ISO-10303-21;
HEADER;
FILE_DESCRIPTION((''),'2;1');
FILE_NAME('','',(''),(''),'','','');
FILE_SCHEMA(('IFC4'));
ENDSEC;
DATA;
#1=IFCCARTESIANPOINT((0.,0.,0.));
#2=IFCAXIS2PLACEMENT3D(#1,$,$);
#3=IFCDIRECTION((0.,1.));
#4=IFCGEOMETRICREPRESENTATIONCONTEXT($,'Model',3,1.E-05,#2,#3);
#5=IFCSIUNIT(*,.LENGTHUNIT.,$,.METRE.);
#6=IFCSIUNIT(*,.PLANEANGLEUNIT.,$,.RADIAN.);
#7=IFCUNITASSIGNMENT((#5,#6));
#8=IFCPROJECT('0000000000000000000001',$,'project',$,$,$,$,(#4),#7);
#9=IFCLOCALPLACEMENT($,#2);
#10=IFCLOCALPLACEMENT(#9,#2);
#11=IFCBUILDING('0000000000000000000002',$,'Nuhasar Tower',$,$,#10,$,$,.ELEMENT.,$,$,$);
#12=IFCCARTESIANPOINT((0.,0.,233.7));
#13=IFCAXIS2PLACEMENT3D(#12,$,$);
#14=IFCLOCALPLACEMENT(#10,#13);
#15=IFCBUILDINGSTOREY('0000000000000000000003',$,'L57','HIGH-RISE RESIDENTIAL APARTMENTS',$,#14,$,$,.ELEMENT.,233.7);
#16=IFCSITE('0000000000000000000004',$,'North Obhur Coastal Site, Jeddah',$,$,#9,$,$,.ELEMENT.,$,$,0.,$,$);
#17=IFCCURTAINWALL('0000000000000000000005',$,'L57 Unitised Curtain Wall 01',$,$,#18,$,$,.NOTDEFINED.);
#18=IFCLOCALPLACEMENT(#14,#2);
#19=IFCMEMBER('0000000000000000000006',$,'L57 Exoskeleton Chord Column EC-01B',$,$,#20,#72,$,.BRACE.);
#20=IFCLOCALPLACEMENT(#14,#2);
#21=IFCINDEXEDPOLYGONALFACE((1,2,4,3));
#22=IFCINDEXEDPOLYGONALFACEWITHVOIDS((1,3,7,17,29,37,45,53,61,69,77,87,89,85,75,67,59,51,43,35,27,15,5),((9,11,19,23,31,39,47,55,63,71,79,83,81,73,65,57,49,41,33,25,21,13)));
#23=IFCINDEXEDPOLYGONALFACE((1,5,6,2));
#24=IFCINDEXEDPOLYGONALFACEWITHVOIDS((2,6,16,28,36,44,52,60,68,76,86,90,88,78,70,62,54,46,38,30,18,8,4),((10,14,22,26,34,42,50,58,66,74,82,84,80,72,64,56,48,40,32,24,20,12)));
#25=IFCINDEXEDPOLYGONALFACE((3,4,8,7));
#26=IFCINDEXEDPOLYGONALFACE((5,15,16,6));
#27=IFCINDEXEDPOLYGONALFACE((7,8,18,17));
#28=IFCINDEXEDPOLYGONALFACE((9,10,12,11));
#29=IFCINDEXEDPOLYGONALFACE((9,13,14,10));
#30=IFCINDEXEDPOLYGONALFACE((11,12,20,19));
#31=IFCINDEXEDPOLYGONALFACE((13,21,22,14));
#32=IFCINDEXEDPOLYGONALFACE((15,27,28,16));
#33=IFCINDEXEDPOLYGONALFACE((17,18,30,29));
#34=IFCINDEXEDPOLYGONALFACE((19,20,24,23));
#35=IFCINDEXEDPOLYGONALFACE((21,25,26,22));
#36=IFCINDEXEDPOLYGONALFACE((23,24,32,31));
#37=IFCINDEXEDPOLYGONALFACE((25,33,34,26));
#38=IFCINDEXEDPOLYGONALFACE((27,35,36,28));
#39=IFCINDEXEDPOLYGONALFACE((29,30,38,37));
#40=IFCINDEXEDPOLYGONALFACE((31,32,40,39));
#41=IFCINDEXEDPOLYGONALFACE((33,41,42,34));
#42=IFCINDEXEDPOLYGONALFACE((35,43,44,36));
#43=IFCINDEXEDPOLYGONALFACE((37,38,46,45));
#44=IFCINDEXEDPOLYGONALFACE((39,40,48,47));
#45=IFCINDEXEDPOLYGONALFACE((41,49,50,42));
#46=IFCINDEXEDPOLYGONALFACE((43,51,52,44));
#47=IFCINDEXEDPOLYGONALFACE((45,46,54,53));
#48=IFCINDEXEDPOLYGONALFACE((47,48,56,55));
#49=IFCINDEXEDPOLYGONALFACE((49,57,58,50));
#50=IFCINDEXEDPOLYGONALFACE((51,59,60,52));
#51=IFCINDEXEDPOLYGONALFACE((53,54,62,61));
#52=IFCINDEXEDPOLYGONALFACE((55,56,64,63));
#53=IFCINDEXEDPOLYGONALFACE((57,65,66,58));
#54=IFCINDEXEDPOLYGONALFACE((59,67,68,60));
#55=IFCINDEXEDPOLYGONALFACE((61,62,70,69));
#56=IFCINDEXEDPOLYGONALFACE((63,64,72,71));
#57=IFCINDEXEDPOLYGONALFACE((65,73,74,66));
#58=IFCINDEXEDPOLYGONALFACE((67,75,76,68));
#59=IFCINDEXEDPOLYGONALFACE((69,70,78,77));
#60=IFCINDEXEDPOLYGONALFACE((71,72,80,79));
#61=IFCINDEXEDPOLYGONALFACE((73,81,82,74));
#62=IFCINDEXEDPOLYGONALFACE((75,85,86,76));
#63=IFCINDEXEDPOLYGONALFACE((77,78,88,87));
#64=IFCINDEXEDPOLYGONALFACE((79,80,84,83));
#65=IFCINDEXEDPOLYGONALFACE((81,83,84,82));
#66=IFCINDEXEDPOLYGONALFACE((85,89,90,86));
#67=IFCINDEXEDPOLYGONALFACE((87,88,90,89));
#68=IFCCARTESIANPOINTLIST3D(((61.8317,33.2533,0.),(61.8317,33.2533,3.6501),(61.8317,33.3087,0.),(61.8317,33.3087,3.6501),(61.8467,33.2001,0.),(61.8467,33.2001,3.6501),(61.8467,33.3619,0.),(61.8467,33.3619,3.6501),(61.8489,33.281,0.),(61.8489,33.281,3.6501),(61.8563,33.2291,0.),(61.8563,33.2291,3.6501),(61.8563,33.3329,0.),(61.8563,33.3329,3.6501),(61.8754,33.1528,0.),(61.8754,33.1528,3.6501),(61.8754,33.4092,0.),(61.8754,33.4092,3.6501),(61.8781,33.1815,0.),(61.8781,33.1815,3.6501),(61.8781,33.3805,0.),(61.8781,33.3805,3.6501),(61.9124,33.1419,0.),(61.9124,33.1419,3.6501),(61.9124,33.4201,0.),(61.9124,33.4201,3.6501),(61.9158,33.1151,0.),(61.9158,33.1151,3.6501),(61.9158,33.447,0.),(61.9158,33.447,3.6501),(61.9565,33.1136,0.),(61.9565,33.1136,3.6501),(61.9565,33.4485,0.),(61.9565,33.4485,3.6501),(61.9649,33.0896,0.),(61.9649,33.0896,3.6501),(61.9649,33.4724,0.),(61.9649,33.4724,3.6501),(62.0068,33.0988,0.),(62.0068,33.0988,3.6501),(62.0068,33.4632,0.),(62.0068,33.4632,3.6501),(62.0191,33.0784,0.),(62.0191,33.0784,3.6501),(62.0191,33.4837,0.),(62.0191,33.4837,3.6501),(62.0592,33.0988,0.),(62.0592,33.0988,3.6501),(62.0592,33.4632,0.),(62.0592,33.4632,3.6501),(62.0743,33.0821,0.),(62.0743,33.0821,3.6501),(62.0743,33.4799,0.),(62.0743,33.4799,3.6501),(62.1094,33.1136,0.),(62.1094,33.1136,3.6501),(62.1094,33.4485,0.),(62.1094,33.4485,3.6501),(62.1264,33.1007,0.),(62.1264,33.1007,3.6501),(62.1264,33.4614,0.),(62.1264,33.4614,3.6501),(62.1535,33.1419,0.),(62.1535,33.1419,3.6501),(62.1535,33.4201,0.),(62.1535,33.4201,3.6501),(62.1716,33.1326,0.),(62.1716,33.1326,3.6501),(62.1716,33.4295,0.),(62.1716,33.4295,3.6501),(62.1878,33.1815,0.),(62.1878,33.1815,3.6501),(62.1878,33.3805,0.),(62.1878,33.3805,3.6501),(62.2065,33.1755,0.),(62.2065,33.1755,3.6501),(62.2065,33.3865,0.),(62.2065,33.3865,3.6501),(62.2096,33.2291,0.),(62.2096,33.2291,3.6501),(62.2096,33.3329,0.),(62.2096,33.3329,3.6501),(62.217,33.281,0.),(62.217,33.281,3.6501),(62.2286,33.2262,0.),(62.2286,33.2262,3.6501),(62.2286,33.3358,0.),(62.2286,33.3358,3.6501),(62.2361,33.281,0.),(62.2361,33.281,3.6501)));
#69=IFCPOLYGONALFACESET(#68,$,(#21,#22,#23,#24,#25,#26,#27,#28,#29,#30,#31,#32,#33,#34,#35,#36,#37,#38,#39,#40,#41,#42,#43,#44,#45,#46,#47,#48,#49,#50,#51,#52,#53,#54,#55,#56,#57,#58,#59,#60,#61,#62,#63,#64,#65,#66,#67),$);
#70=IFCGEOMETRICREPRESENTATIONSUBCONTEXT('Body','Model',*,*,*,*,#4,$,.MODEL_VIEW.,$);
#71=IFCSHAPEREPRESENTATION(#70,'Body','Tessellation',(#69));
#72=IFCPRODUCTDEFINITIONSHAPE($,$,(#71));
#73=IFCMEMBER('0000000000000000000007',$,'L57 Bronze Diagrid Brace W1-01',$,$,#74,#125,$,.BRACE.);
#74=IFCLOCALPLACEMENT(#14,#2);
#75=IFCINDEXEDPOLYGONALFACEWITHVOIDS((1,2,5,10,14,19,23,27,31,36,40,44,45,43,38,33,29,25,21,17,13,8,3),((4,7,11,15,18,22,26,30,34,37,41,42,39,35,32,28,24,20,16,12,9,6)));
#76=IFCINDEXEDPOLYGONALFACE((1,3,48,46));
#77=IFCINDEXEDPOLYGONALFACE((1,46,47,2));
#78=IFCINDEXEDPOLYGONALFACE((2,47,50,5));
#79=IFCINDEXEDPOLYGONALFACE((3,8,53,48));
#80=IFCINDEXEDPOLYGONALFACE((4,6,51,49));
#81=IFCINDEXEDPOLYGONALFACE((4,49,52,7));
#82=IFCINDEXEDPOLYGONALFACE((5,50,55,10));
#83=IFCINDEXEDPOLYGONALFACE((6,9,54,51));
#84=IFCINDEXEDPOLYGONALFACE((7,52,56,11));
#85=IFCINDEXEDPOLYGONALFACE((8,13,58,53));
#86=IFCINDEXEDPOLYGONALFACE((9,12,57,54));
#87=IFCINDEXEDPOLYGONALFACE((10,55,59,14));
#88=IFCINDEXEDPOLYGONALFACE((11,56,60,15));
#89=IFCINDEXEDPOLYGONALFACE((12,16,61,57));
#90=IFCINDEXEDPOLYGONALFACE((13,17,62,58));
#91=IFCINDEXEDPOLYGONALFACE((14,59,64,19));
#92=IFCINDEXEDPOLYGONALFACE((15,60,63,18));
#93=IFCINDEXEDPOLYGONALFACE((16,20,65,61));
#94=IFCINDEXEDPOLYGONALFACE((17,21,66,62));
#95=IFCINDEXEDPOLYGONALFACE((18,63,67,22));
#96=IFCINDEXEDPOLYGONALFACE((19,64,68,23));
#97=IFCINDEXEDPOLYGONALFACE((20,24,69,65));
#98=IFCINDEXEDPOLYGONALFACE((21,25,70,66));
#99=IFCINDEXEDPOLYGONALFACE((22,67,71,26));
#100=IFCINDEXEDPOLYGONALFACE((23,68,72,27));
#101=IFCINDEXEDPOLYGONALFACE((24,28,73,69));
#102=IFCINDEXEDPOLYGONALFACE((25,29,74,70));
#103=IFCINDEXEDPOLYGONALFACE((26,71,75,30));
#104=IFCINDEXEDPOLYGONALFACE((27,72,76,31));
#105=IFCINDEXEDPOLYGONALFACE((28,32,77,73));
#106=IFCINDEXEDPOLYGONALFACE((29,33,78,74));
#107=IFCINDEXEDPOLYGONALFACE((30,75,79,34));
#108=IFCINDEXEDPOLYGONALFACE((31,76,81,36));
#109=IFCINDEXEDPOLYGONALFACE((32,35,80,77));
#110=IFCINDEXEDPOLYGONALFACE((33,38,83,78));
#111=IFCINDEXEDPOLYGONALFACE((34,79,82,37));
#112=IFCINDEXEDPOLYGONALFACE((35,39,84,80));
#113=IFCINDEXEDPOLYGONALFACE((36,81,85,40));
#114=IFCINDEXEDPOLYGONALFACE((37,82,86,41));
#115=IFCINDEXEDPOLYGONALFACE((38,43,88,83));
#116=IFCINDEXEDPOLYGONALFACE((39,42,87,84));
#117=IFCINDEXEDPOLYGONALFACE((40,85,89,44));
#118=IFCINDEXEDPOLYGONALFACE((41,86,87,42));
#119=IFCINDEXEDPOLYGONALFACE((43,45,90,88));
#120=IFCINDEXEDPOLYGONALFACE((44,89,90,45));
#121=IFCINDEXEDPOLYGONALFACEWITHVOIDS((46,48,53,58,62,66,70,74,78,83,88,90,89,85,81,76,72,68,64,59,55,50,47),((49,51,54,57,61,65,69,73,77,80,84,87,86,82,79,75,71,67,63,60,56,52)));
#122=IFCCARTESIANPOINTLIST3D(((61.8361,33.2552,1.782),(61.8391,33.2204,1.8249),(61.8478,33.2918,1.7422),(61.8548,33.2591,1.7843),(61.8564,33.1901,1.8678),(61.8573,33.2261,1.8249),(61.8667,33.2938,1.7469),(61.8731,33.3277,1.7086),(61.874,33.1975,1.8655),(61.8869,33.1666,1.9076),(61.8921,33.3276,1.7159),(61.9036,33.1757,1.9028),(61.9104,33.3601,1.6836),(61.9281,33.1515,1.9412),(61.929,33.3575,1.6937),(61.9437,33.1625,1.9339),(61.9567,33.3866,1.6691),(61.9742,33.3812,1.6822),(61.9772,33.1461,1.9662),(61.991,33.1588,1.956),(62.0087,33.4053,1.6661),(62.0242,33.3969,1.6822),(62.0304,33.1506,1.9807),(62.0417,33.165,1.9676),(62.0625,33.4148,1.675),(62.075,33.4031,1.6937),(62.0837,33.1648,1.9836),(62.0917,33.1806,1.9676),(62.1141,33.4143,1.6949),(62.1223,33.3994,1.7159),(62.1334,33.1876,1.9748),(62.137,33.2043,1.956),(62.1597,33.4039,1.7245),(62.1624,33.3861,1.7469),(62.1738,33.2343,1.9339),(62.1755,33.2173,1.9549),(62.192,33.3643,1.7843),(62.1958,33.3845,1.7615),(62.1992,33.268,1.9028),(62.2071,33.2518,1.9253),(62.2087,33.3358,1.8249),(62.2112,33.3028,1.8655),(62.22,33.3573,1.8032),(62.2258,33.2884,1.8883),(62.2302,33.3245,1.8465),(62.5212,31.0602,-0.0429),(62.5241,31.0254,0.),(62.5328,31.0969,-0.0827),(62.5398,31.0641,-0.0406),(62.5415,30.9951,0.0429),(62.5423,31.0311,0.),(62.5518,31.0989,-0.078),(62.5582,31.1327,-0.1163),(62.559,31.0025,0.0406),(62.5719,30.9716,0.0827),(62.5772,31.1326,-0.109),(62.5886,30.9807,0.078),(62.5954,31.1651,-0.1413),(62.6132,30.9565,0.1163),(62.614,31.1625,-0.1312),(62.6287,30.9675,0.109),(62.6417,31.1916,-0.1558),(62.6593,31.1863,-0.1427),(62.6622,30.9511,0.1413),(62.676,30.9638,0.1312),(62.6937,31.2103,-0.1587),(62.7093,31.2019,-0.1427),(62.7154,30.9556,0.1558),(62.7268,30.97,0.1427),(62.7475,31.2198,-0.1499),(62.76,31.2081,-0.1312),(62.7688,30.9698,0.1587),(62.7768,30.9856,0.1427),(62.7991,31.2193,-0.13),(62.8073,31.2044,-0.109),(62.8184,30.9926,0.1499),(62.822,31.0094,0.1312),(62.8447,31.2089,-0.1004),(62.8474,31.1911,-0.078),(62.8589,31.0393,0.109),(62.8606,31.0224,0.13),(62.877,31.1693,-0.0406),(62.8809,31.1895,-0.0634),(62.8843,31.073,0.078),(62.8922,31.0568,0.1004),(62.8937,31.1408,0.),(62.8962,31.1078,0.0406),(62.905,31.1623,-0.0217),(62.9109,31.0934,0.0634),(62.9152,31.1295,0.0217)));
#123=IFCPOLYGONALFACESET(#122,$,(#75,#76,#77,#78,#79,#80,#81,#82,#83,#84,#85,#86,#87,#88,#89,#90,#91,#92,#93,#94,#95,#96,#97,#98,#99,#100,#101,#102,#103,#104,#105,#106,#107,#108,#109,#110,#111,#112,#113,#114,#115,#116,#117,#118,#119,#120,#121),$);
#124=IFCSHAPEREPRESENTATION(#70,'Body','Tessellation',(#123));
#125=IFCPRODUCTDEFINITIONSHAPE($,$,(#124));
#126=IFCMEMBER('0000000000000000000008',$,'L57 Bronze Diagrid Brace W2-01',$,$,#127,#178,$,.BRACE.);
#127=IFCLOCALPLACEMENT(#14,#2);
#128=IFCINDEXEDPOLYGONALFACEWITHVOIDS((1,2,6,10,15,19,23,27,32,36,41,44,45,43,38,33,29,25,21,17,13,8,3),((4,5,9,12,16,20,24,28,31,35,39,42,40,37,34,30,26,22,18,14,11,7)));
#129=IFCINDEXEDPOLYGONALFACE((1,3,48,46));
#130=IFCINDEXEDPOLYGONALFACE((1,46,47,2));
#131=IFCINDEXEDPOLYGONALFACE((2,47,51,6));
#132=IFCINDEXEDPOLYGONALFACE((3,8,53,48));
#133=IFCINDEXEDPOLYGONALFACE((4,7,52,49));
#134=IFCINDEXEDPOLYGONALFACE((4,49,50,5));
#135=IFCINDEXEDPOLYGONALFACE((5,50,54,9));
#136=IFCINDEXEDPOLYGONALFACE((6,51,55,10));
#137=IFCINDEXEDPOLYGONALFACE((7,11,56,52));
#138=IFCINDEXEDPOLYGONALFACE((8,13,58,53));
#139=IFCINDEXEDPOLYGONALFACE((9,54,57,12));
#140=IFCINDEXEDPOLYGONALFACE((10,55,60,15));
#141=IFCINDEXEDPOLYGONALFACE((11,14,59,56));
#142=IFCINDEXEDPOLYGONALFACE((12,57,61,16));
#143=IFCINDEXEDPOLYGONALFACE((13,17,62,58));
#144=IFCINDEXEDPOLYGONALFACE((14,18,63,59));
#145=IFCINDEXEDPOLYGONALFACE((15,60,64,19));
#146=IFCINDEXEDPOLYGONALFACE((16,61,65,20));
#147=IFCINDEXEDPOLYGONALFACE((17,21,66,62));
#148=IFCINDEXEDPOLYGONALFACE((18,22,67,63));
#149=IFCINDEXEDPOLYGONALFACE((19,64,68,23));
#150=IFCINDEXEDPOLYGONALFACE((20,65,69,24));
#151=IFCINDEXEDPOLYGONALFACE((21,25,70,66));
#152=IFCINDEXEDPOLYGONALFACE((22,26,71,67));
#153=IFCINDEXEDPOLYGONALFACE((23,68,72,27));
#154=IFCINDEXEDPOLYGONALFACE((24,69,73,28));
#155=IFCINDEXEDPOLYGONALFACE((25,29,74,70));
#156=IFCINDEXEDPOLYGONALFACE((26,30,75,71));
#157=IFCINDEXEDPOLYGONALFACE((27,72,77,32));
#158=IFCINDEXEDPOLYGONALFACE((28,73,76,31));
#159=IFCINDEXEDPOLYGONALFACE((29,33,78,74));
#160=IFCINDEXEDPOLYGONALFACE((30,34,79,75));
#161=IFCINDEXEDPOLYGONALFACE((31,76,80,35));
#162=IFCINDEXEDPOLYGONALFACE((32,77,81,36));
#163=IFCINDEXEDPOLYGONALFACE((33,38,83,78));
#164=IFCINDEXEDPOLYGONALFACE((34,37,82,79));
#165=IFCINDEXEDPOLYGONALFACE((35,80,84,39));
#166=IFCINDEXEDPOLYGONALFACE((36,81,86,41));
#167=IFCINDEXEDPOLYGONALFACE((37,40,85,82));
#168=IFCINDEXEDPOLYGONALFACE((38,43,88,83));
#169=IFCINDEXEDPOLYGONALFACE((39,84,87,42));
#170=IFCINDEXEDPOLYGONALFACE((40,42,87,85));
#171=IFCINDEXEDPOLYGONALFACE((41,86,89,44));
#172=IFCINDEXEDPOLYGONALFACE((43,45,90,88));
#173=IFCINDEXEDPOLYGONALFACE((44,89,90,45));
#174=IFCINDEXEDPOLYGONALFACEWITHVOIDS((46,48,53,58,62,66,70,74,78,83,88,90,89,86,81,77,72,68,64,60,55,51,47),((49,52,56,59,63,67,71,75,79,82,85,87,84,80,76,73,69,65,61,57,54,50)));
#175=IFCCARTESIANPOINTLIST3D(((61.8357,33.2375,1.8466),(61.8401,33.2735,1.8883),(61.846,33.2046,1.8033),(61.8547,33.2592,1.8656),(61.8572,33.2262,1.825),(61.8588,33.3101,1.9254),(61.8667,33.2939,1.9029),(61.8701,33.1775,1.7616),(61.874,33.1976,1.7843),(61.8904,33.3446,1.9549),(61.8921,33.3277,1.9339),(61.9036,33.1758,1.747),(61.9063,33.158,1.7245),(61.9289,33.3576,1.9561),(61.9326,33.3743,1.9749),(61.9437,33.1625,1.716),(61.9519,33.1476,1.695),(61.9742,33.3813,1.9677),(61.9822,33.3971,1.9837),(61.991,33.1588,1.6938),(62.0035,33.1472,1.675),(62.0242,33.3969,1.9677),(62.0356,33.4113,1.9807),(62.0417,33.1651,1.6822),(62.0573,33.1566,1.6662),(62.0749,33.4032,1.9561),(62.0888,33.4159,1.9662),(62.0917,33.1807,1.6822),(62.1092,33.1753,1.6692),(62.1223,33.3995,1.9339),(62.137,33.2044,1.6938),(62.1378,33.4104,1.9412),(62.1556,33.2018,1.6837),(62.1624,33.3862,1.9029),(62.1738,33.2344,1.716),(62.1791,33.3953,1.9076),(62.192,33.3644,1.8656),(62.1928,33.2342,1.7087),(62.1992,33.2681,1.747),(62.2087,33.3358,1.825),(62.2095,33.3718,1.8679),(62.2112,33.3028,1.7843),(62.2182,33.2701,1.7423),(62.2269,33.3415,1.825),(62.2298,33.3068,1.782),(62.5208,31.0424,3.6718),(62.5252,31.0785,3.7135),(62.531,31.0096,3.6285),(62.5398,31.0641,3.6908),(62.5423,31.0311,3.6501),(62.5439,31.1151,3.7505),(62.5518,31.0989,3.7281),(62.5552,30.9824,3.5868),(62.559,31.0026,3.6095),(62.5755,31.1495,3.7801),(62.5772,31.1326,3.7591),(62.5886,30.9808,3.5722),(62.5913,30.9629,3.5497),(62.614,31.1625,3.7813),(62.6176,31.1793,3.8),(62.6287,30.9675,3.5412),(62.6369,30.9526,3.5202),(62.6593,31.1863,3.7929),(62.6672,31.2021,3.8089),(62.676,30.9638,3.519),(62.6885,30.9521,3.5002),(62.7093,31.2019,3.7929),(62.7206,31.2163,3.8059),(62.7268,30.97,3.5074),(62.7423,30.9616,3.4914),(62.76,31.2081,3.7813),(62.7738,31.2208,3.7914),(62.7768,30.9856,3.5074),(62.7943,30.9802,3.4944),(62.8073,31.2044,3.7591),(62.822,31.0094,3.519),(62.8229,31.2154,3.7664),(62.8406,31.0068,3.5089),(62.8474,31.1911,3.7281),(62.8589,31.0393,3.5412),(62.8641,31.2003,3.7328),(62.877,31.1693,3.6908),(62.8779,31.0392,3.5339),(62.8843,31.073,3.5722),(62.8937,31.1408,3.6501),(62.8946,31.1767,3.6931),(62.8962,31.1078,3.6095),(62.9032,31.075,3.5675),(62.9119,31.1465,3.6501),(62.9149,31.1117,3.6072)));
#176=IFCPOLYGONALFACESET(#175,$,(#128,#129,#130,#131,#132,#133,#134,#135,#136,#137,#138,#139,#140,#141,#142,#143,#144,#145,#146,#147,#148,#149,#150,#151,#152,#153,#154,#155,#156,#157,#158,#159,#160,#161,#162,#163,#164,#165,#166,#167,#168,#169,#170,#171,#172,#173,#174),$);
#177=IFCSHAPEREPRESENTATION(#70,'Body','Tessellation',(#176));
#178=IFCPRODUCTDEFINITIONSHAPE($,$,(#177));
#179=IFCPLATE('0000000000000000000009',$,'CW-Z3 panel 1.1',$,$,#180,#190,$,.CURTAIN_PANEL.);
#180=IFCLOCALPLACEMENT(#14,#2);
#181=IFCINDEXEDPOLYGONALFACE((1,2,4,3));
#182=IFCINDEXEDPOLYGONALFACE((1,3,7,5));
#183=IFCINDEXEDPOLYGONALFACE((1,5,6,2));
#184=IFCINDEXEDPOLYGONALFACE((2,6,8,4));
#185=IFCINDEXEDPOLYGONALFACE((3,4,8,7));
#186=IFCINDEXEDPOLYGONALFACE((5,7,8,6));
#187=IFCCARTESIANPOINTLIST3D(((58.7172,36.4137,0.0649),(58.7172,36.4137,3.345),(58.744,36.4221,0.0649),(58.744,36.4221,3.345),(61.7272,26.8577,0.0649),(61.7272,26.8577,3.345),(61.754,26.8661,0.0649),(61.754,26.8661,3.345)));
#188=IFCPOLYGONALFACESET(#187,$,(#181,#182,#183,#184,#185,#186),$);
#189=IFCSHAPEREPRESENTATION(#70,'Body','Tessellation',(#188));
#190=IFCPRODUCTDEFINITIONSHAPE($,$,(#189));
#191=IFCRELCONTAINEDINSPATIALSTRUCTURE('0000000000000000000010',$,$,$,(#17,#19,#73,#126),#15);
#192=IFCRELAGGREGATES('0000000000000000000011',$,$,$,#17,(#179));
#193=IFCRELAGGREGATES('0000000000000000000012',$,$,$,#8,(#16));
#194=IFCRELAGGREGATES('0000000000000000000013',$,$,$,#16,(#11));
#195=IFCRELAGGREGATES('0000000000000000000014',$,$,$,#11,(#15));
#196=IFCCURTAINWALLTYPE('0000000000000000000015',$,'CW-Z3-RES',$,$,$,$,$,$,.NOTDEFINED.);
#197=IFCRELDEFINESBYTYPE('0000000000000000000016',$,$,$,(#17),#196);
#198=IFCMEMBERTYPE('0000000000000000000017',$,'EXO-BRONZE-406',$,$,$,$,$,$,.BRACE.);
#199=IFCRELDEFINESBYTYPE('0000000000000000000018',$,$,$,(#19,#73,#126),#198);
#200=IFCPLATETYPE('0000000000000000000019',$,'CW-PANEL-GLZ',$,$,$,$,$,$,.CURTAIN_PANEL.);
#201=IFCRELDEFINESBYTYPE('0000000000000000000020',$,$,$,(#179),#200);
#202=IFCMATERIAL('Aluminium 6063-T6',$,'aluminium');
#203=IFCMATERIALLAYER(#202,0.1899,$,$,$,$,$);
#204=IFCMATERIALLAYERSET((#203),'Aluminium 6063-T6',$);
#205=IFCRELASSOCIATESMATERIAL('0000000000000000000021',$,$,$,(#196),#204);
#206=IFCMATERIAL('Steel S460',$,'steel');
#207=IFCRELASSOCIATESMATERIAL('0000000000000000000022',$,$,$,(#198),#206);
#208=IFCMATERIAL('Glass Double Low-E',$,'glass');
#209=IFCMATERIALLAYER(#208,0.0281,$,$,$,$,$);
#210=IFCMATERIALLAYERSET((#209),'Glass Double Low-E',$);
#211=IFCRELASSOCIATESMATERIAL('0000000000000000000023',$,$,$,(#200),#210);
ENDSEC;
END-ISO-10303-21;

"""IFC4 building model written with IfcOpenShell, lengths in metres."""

from ifc_helpers import new_model, si_unit, direction, frame, origin, origin_2d, place, context, subcontext, project, spatial, rectangle, hollow_circle, extrude, material, layer, layer_set, material_profile, profile_set, type_object, element, aggregate, save


model = new_model("IFC4")

# Units and contexts
model_context = context("Model", 3, precision=1e-05, world=origin(), true_north=direction((0.0, 1.0)))
body_context = subcontext(model_context, "Body", "Model", "MODEL_VIEW")
ifc_project = project(units=[si_unit("LENGTHUNIT", "METRE"), si_unit("PLANEANGLEUNIT", "RADIAN")], contexts=[model_context])

# Site, building, storey
site_placement = place(None, origin())
site = spatial("IfcSite", under=ifc_project, at=site_placement, Name="North Obhur Coastal Site, Jeddah", CompositionType="ELEMENT", RefElevation=0.0)
building_placement = place(site_placement, origin())
building = spatial("IfcBuilding", under=site, at=building_placement, Name="Nuhasar Tower", CompositionType="ELEMENT")
storey_placement = place(building_placement, frame((0.0, 0.0, 233.7)))
storey = spatial("IfcBuildingStorey", under=building, at=storey_placement, Name="L57", Description="HIGH-RISE RESIDENTIAL APARTMENTS", CompositionType="ELEMENT", Elevation=233.7)

# Curtain wall
ifc_material_1 = material(Name="Aluminium 6063-T6", Category="aluminium")
ifc_layer_1 = layer(ifc_material_1, 0.1899)
ifc_layer_set_1 = layer_set([ifc_layer_1], Name="Aluminium 6063-T6")
curtain_wall_type = type_object("IfcCurtainWallType", Name="CW-Z3-RES", PredefinedType="NOTDEFINED", material=ifc_layer_set_1)
curtain_wall_placement = place(storey_placement, origin())
curtain_wall = element("IfcCurtainWall", 1, at=curtain_wall_placement, inside=storey, type_object=curtain_wall_type, Name="L57 Unitised Curtain Wall 01", PredefinedType="NOTDEFINED")

# Members
ifc_material_2 = material(Name="Steel S460", Category="steel")
ifc_material_profile_1 = material_profile(ifc_material_2, hollow_circle(Radius=0.2031, WallThickness=0.019, at=origin_2d()), Name="HSS406.4X19.1")
ifc_profile_set_1 = profile_set([ifc_material_profile_1], Name="Steel S460")
member_type_1 = type_object("IfcMemberType", Name="EXO-BRONZE-406", PredefinedType="BRACE", material=ifc_profile_set_1)
for number, where, z_axis, x_axis, name in (
    (2, (62.033, 33.281, 0.0), (0.0, 0.0, 1.0), (1.0, 0.0, 0.0), "L57 Exoskeleton Chord Column EC-01B"),
):
    element("IfcMember", number, at=place(storey_placement, frame(where, z_axis=z_axis, x_axis=x_axis)), inside=storey, type_object=member_type_1, Name=name, PredefinedType="BRACE", context=body_context, shape_type="SweptSolid", body=[
        extrude(hollow_circle(Radius=0.2031, WallThickness=0.019, at=origin_2d()), origin(), (0.0, 0.0, 1.0), 3.6501),
    ])
member_1_placement = place(storey_placement, frame((62.718, 31.0859, 0.0), z_axis=(-0.233358, 0.747727, 0.62165), x_axis=(-0.954591, -0.297918, 0.0)))
element("IfcMember", 3, at=member_1_placement, inside=storey, type_object=member_type_1, Name="L57 Bronze Diagrid Brace W1-01", PredefinedType="BRACE", context=body_context, shape_type="SweptSolid", body=[
    extrude(hollow_circle(Radius=0.2031, WallThickness=0.019, at=origin_2d()), origin(), (0.0, 0.0, 1.0), 2.9355),
])
member_2_placement = place(storey_placement, frame((62.033, 33.281, 1.825), z_axis=(0.233346, -0.747688, 0.621701), x_axis=(0.954591, 0.297918, 0.0)))
element("IfcMember", 4, at=member_2_placement, inside=storey, type_object=member_type_1, Name="L57 Bronze Diagrid Brace W2-01", PredefinedType="BRACE", context=body_context, shape_type="SweptSolid", body=[
    extrude(hollow_circle(Radius=0.2031, WallThickness=0.019, at=origin_2d()), origin(), (0.0, 0.0, 1.0), 2.9358),
])

# Plate
ifc_material_3 = material(Name="Glass Double Low-E", Category="glass")
ifc_layer_2 = layer(ifc_material_3, 0.0281)
ifc_layer_set_2 = layer_set([ifc_layer_2], Name="Glass Double Low-E")
plate_type = type_object("IfcPlateType", Name="CW-PANEL-GLZ", PredefinedType="CURTAIN_PANEL", material=ifc_layer_set_2)
plate_placement = place(storey_placement, frame((60.2356, 31.6399, 0.0649), z_axis=(0.0, 0.0, 1.0), x_axis=(-0.300429, 0.953804, 0.0)))
plate = element("IfcPlate", 5, at=plate_placement, type_object=plate_type, Name="CW-Z3 panel 1.1", PredefinedType="CURTAIN_PANEL", context=body_context, shape_type="SweptSolid", body=[
    extrude(rectangle(XDim=10.0188, YDim=0.0281, at=origin_2d()), origin(), (0.0, 0.0, 1.0), 3.28),
])
aggregate(curtain_wall, [plate])

save(model, "model.ifc")
